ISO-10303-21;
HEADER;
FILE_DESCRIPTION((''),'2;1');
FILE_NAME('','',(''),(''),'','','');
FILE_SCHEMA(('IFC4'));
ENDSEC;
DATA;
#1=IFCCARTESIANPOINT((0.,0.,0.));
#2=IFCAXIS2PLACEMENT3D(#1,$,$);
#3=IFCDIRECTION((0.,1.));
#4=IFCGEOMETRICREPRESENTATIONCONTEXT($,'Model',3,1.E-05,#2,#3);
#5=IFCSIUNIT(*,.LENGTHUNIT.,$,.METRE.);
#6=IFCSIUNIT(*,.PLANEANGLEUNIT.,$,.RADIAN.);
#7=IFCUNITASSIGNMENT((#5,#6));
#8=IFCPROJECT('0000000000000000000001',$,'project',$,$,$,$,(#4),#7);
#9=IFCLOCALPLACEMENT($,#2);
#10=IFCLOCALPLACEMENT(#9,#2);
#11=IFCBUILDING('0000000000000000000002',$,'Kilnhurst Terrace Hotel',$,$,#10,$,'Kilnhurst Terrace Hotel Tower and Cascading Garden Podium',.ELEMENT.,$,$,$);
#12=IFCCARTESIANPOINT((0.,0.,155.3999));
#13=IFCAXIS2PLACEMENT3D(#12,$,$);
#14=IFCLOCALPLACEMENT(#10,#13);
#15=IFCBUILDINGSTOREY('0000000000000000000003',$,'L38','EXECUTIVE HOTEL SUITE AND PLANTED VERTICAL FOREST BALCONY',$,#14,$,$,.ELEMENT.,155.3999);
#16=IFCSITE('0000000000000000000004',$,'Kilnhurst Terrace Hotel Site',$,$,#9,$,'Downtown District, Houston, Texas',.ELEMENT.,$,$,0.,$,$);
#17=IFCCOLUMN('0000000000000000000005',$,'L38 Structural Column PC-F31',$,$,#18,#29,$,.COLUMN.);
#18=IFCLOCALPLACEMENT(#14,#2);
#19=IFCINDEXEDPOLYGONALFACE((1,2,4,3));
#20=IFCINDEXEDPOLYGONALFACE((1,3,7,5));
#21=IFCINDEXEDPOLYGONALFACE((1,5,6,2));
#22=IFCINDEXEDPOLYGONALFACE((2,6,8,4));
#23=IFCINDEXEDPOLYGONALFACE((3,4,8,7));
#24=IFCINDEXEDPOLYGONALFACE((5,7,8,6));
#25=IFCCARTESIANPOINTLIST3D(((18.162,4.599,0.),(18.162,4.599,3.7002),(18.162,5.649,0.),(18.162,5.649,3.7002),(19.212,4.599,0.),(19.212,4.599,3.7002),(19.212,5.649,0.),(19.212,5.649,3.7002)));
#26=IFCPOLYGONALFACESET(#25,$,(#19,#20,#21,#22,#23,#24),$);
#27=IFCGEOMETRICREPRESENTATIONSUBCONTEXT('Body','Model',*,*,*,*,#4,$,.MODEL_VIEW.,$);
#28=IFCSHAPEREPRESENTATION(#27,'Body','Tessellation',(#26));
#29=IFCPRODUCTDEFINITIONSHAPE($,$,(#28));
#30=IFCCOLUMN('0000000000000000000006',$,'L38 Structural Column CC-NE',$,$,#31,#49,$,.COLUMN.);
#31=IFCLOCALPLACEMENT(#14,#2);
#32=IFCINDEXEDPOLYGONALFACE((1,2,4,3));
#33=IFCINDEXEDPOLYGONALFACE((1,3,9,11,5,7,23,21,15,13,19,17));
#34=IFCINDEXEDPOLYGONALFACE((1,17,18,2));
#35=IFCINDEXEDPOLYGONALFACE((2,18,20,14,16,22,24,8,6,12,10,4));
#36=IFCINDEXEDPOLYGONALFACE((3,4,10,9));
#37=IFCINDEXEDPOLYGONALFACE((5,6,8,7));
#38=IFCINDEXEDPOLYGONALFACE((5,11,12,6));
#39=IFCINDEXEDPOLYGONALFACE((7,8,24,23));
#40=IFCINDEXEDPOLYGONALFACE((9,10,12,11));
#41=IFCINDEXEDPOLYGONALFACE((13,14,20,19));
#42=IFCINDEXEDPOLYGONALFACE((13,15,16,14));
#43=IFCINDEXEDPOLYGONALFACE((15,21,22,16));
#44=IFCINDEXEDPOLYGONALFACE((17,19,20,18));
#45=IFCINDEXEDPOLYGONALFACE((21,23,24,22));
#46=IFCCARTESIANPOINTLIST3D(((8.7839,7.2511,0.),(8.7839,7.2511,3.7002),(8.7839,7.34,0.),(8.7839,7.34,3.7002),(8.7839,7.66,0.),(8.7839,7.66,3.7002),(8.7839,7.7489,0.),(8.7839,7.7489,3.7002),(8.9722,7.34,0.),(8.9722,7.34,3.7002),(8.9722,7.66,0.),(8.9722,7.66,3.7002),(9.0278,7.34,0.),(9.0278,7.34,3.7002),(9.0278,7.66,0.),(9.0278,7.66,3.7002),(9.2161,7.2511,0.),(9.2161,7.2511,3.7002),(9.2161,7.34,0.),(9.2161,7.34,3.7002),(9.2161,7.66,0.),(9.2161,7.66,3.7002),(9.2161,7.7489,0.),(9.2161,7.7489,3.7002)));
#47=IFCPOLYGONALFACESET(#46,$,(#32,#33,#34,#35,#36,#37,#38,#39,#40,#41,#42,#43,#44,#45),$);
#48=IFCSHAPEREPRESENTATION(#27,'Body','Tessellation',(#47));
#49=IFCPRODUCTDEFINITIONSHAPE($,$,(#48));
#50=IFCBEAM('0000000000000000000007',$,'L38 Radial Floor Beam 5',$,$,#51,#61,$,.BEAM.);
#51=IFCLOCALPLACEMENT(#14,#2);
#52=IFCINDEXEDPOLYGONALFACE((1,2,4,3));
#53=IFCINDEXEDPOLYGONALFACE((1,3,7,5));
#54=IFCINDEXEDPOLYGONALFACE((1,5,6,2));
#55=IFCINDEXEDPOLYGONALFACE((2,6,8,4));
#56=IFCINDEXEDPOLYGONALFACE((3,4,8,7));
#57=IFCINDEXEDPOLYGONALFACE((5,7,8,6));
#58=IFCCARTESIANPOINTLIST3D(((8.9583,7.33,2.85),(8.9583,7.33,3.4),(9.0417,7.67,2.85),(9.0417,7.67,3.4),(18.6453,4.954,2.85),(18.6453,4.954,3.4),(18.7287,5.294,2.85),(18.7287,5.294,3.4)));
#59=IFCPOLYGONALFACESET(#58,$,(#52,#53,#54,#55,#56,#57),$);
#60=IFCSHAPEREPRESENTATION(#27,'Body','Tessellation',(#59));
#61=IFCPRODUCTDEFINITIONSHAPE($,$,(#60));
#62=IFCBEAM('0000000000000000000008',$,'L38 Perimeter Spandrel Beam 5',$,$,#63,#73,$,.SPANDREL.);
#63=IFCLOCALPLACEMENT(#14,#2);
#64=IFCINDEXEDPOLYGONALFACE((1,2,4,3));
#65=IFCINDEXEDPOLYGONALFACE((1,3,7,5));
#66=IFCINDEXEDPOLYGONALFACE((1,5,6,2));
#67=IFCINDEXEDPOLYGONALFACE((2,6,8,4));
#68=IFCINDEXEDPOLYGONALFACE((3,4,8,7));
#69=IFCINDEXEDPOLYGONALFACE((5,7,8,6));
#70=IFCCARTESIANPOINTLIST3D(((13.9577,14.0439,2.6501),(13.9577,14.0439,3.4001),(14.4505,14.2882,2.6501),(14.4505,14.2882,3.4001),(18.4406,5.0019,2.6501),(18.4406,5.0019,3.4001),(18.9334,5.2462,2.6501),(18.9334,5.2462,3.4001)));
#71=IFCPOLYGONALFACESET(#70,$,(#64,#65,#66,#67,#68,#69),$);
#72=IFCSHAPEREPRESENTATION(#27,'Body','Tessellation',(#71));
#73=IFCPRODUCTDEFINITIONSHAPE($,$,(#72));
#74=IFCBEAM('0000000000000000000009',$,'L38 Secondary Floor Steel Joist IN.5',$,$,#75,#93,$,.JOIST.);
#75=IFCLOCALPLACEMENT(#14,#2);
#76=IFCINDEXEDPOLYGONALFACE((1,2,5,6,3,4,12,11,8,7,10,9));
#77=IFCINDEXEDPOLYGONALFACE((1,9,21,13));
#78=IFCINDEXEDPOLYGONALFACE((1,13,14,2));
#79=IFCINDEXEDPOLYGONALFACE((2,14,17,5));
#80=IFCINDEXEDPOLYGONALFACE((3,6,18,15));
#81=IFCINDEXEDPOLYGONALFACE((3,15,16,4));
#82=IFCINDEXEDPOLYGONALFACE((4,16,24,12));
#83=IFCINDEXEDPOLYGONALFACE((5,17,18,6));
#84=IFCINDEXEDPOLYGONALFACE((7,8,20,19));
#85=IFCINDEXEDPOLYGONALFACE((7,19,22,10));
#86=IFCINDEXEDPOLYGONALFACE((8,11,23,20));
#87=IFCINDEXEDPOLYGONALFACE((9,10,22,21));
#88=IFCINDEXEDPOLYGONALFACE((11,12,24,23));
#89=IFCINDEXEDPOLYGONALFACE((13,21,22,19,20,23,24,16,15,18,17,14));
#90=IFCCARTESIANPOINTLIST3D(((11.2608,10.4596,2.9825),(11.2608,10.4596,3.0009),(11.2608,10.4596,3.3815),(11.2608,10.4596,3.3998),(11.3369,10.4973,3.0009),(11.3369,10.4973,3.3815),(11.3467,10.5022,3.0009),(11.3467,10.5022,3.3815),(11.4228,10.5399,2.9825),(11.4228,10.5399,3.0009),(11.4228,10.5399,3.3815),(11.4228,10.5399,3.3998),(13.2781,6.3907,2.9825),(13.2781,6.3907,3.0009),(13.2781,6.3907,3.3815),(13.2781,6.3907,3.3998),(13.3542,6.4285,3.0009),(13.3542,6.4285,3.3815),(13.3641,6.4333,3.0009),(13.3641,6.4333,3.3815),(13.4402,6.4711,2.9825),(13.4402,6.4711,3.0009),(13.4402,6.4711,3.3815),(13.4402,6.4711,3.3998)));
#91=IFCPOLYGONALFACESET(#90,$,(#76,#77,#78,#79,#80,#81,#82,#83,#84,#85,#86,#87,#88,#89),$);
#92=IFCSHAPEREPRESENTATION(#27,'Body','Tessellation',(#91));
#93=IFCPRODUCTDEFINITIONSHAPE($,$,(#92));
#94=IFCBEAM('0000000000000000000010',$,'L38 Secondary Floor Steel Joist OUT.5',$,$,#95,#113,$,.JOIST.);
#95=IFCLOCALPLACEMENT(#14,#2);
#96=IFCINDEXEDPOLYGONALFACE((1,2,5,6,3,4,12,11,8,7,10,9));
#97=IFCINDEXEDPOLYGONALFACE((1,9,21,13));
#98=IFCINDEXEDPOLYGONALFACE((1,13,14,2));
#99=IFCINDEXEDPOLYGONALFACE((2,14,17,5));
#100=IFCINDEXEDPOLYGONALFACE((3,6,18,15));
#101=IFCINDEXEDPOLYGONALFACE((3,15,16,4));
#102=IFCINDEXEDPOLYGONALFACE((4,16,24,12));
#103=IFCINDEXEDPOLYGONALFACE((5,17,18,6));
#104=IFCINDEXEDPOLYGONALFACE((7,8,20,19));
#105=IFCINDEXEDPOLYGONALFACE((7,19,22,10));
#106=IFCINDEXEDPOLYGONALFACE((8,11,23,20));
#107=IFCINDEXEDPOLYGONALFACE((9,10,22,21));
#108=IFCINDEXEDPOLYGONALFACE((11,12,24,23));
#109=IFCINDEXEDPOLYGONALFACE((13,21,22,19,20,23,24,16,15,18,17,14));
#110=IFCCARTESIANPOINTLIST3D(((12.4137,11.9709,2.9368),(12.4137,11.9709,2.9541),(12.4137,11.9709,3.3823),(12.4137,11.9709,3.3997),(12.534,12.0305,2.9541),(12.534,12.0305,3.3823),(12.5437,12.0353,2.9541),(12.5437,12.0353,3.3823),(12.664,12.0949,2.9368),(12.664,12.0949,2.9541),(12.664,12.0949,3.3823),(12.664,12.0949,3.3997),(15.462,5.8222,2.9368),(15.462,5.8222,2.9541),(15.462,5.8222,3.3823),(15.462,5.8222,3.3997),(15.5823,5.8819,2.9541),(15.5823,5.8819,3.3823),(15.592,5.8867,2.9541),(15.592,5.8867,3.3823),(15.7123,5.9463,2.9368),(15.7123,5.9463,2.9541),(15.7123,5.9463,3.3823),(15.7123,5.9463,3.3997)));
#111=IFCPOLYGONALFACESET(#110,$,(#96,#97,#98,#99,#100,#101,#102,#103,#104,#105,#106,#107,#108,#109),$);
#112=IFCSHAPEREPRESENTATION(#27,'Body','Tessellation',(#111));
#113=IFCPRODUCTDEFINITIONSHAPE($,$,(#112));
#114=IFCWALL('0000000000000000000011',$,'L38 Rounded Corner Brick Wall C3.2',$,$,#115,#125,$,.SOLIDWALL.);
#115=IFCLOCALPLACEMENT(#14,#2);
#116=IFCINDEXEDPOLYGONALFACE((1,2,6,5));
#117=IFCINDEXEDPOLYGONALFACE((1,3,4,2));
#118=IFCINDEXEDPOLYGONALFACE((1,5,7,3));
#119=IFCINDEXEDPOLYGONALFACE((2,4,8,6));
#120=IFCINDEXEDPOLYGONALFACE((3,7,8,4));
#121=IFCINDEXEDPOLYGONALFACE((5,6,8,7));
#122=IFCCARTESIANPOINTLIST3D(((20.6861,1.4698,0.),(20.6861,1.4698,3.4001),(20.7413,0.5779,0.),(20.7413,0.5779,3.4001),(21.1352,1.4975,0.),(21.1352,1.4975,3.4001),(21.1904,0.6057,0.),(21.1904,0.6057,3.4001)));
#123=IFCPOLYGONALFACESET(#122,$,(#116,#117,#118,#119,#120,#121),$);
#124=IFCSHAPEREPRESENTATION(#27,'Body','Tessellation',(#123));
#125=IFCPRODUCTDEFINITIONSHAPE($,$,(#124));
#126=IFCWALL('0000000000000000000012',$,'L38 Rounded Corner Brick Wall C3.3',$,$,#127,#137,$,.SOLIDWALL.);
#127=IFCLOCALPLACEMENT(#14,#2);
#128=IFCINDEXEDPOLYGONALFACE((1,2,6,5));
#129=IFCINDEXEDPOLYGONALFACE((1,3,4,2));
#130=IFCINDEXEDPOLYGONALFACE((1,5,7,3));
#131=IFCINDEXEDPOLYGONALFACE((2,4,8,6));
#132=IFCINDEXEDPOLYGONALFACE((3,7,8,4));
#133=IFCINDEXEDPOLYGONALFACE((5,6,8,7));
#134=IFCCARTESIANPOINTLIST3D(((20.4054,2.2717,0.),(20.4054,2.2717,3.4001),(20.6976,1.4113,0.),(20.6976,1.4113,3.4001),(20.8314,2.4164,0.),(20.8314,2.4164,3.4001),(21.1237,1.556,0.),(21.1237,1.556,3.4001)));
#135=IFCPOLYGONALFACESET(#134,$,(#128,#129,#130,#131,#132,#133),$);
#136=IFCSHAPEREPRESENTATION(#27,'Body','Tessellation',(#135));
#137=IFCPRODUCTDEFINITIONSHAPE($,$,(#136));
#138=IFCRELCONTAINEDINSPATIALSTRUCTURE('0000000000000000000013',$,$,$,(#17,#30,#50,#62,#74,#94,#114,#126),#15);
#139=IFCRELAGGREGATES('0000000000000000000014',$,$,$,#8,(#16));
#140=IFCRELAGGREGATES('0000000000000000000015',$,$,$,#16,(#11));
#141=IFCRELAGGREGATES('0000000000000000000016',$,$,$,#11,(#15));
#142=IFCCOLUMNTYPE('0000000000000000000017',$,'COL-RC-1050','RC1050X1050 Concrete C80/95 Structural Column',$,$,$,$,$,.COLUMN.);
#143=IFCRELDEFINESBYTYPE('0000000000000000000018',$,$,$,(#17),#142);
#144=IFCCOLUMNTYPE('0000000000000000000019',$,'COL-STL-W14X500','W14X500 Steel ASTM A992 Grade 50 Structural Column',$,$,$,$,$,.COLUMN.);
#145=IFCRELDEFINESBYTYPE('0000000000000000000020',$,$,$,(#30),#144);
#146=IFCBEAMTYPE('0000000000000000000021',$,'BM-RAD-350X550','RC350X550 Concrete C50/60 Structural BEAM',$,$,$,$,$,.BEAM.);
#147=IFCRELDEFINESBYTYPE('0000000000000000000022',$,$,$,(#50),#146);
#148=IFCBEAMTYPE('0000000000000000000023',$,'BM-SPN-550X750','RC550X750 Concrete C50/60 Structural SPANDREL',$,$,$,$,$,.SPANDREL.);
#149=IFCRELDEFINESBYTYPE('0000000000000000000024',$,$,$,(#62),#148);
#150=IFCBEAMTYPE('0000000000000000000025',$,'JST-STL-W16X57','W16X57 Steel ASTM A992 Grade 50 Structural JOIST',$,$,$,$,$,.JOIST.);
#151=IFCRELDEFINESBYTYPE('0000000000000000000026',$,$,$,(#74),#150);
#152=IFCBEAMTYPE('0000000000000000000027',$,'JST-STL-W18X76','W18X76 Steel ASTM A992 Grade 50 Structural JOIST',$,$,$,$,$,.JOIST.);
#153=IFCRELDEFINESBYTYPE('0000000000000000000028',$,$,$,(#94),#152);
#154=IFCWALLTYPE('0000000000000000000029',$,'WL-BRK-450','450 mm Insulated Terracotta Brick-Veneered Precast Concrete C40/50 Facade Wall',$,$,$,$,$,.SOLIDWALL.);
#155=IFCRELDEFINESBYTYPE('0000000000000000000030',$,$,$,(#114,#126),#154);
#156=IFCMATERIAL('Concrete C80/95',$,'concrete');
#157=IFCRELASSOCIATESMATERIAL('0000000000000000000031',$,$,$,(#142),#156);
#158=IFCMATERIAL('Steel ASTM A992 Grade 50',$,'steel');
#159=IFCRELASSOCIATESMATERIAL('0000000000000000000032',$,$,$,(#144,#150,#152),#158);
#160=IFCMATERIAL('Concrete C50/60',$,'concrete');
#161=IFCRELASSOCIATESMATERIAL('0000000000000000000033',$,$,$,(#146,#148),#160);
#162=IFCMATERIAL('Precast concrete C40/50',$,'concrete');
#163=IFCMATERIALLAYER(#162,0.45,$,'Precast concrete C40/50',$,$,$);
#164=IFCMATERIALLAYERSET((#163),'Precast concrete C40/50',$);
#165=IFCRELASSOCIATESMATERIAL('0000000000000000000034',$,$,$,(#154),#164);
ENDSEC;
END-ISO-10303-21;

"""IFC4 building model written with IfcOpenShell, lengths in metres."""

from ifc_helpers import new_model, si_unit, direction, frame, frame_2d, origin, origin_2d, place, context, subcontext, project, spatial, rectangle, i_section, extrude, material, layer, layer_set, material_profile, profile_set, type_object, element, save


model = new_model("IFC4")

# Units and contexts
model_context = context("Model", 3, precision=1e-05, world=origin(), true_north=direction((0.0, 1.0)))
body_context = subcontext(model_context, "Body", "Model", "MODEL_VIEW")
ifc_project = project(units=[si_unit("LENGTHUNIT", "METRE"), si_unit("PLANEANGLEUNIT", "RADIAN")], contexts=[model_context])

# Site, building, storey
site_placement = place(None, origin())
site = spatial("IfcSite", under=ifc_project, at=site_placement, Name="Kilnhurst Terrace Hotel Site", LongName="Downtown District, Houston, Texas", CompositionType="ELEMENT", RefElevation=0.0)
building_placement = place(site_placement, origin())
building = spatial("IfcBuilding", under=site, at=building_placement, Name="Kilnhurst Terrace Hotel", LongName="Kilnhurst Terrace Hotel Tower and Cascading Garden Podium", CompositionType="ELEMENT")
storey_placement = place(building_placement, frame((0.0, 0.0, 155.3999)))
storey = spatial("IfcBuildingStorey", under=building, at=storey_placement, Name="L38", Description="EXECUTIVE HOTEL SUITE AND PLANTED VERTICAL FOREST BALCONY", CompositionType="ELEMENT", Elevation=155.3999)

# Columns
ifc_material_1 = material(Name="Concrete C80/95", Category="concrete")
ifc_material_profile_1 = material_profile(ifc_material_1, rectangle(XDim=1.05, YDim=1.05, at=origin_2d()), Name="RC1050X1050")
ifc_profile_set_1 = profile_set([ifc_material_profile_1], Name="Concrete C80/95")
column_type_1 = type_object("IfcColumnType", Name="COL-RC-1050", Description="RC1050X1050 Concrete C80/95 Structural Column", PredefinedType="COLUMN", material=ifc_profile_set_1)
column_1_placement = place(storey_placement, frame((18.687, 5.124, 0.0), z_axis=(0.0, 0.0, 1.0), x_axis=(1.0, 0.0, 0.0)))
element("IfcColumn", 1, at=column_1_placement, inside=storey, type_object=column_type_1, Name="L38 Structural Column PC-F31", PredefinedType="COLUMN", context=body_context, shape_type="SweptSolid", body=[
    extrude(rectangle(XDim=1.05, YDim=1.05, at=origin_2d()), origin(), (0.0, 0.0, 1.0), 3.7002),
])
ifc_material_2 = material(Name="Steel ASTM A992 Grade 50", Category="steel")
ifc_material_profile_2 = material_profile(ifc_material_2, i_section(OverallWidth=0.4321, OverallDepth=0.4978, WebThickness=0.0557, FlangeThickness=0.0889, at=origin_2d()), Name="W14X500")
ifc_profile_set_2 = profile_set([ifc_material_profile_2], Name="Steel ASTM A992 Grade 50")
column_type_2 = type_object("IfcColumnType", Name="COL-STL-W14X500", Description="W14X500 Steel ASTM A992 Grade 50 Structural Column", PredefinedType="COLUMN", material=ifc_profile_set_2)
column_2_placement = place(storey_placement, frame((9.0, 7.5, 0.0), z_axis=(0.0, 0.0, 1.0), x_axis=(1.0, 0.0, 0.0)))
element("IfcColumn", 2, at=column_2_placement, inside=storey, type_object=column_type_2, Name="L38 Structural Column CC-NE", PredefinedType="COLUMN", context=body_context, shape_type="SweptSolid", body=[
    extrude(i_section(OverallWidth=0.4321, OverallDepth=0.4978, WebThickness=0.0557, FlangeThickness=0.0889, at=origin_2d()), origin(), (0.0, 0.0, 1.0), 3.7002),
])

# Beams
ifc_material_3 = material(Name="Concrete C50/60", Category="concrete")
ifc_material_profile_3 = material_profile(ifc_material_3, rectangle(XDim=0.3501, YDim=0.55, at=origin_2d()), Name="RC350X550")
ifc_profile_set_3 = profile_set([ifc_material_profile_3], Name="Concrete C50/60")
beam_type_1 = type_object("IfcBeamType", Name="BM-RAD-350X550", Description="RC350X550 Concrete C50/60 Structural BEAM", PredefinedType="BEAM", material=ifc_profile_set_3)
beam_1_placement = place(storey_placement, frame((9.0, 7.5, 3.125), z_axis=(0.971213, -0.238214, 0.0), x_axis=(0.238214, 0.971213, 0.0)))
element("IfcBeam", 3, at=beam_1_placement, inside=storey, type_object=beam_type_1, Name="L38 Radial Floor Beam 5", PredefinedType="BEAM", context=body_context, shape_type="SweptSolid", body=[
    extrude(rectangle(XDim=0.3501, YDim=0.55, at=origin_2d()), origin(), (0.0, 0.0, 1.0), 9.9741),
])
ifc_material_profile_4 = material_profile(ifc_material_3, rectangle(XDim=0.55, YDim=0.75, at=origin_2d()), Name="RC550X750")
ifc_profile_set_4 = profile_set([ifc_material_profile_4], Name="Concrete C50/60")
beam_type_2 = type_object("IfcBeamType", Name="BM-SPN-550X750", Description="RC550X750 Concrete C50/60 Structural SPANDREL", PredefinedType="SPANDREL", material=ifc_profile_set_4)
beam_2_placement = place(storey_placement, frame((18.687, 5.124, 3.0251), z_axis=(-0.444192, 0.895932, 0.0), x_axis=(-0.895932, -0.444192, 0.0)))
element("IfcBeam", 4, at=beam_2_placement, inside=storey, type_object=beam_type_2, Name="L38 Perimeter Spandrel Beam 5", PredefinedType="SPANDREL", context=body_context, shape_type="SweptSolid", body=[
    extrude(rectangle(XDim=0.55, YDim=0.75, at=origin_2d()), origin(), (0.0, 0.0, 1.0), 10.0923),
])
ifc_material_profile_5 = material_profile(ifc_material_2, i_section(OverallWidth=0.1809, OverallDepth=0.4172, WebThickness=0.011, FlangeThickness=0.0183, at=origin_2d()), Name="W16X57")
ifc_profile_set_5 = profile_set([ifc_material_profile_5], Name="Steel ASTM A992 Grade 50")
beam_type_3 = type_object("IfcBeamType", Name="JST-STL-W16X57", Description="W16X57 Steel ASTM A992 Grade 50 Structural JOIST", PredefinedType="JOIST", material=ifc_profile_set_5)
beam_3_placement = place(storey_placement, frame((13.3591, 6.4309, 3.1912), z_axis=(-0.444201, 0.895927, 0.0), x_axis=(-0.895927, -0.444201, 0.0)))
element("IfcBeam", 5, at=beam_3_placement, inside=storey, type_object=beam_type_3, Name="L38 Secondary Floor Steel Joist IN.5", PredefinedType="JOIST", context=body_context, shape_type="SweptSolid", body=[
    extrude(i_section(OverallWidth=0.1809, OverallDepth=0.4172, WebThickness=0.011, FlangeThickness=0.0183, at=origin_2d()), origin(), (0.0, 0.0, 1.0), 4.5415),
])
ifc_material_profile_6 = material_profile(ifc_material_2, i_section(OverallWidth=0.2793, OverallDepth=0.4629, WebThickness=0.0107, FlangeThickness=0.0173, at=origin_2d()), Name="W18X76")
ifc_profile_set_6 = profile_set([ifc_material_profile_6], Name="Steel ASTM A992 Grade 50")
beam_type_4 = type_object("IfcBeamType", Name="JST-STL-W18X76", Description="W18X76 Steel ASTM A992 Grade 50 Structural JOIST", PredefinedType="JOIST", material=ifc_profile_set_6)
beam_4_placement = place(storey_placement, frame((15.5872, 5.8843, 3.1682), z_axis=(-0.44418, 0.895938, 0.0), x_axis=(-0.895938, -0.44418, 0.0)))
element("IfcBeam", 6, at=beam_4_placement, inside=storey, type_object=beam_type_4, Name="L38 Secondary Floor Steel Joist OUT.5", PredefinedType="JOIST", context=body_context, shape_type="SweptSolid", body=[
    extrude(i_section(OverallWidth=0.2793, OverallDepth=0.4629, WebThickness=0.0107, FlangeThickness=0.0173, at=origin_2d()), origin(), (0.0, 0.0, 1.0), 6.8628),
])

# Walls
ifc_material_4 = material(Name="Precast concrete C40/50", Category="concrete")
ifc_layer_1 = layer(ifc_material_4, 0.45, Name="Precast concrete C40/50")
ifc_layer_set_1 = layer_set([ifc_layer_1], Name="Precast concrete C40/50")
wall_type_1 = type_object("IfcWallType", Name="WL-BRK-450", Description="450 mm Insulated Terracotta Brick-Veneered Precast Concrete C40/50 Facade Wall", PredefinedType="SOLIDWALL", material=ifc_layer_set_1)
wall_1_placement = place(storey_placement, frame((20.9658, 0.5918, 0.0), z_axis=(0.0, 0.0, 1.0), x_axis=(-0.061749, 0.998092, 0.0)))
element("IfcWall", 7, at=wall_1_placement, inside=storey, type_object=wall_type_1, Name="L38 Rounded Corner Brick Wall C3.2", PredefinedType="SOLIDWALL", context=body_context, shape_type="SweptSolid", body=[
    extrude(rectangle(XDim=0.8936, YDim=0.45, at=frame_2d((0.4468, 0.0))), origin(), (0.0, 0.0, 1.0), 3.4001),
])
wall_2_placement = place(storey_placement, frame((20.9106, 1.4836, 0.0), z_axis=(0.0, 0.0, 1.0), x_axis=(-0.321623, 0.946868, 0.0)))
element("IfcWall", 8, at=wall_2_placement, inside=storey, type_object=wall_type_1, Name="L38 Rounded Corner Brick Wall C3.3", PredefinedType="SOLIDWALL", context=body_context, shape_type="SweptSolid", body=[
    extrude(rectangle(XDim=0.9087, YDim=0.45, at=frame_2d((0.4543, 0.0))), origin(), (0.0, 0.0, 1.0), 3.4001),
])

save(model, "model.ifc")
